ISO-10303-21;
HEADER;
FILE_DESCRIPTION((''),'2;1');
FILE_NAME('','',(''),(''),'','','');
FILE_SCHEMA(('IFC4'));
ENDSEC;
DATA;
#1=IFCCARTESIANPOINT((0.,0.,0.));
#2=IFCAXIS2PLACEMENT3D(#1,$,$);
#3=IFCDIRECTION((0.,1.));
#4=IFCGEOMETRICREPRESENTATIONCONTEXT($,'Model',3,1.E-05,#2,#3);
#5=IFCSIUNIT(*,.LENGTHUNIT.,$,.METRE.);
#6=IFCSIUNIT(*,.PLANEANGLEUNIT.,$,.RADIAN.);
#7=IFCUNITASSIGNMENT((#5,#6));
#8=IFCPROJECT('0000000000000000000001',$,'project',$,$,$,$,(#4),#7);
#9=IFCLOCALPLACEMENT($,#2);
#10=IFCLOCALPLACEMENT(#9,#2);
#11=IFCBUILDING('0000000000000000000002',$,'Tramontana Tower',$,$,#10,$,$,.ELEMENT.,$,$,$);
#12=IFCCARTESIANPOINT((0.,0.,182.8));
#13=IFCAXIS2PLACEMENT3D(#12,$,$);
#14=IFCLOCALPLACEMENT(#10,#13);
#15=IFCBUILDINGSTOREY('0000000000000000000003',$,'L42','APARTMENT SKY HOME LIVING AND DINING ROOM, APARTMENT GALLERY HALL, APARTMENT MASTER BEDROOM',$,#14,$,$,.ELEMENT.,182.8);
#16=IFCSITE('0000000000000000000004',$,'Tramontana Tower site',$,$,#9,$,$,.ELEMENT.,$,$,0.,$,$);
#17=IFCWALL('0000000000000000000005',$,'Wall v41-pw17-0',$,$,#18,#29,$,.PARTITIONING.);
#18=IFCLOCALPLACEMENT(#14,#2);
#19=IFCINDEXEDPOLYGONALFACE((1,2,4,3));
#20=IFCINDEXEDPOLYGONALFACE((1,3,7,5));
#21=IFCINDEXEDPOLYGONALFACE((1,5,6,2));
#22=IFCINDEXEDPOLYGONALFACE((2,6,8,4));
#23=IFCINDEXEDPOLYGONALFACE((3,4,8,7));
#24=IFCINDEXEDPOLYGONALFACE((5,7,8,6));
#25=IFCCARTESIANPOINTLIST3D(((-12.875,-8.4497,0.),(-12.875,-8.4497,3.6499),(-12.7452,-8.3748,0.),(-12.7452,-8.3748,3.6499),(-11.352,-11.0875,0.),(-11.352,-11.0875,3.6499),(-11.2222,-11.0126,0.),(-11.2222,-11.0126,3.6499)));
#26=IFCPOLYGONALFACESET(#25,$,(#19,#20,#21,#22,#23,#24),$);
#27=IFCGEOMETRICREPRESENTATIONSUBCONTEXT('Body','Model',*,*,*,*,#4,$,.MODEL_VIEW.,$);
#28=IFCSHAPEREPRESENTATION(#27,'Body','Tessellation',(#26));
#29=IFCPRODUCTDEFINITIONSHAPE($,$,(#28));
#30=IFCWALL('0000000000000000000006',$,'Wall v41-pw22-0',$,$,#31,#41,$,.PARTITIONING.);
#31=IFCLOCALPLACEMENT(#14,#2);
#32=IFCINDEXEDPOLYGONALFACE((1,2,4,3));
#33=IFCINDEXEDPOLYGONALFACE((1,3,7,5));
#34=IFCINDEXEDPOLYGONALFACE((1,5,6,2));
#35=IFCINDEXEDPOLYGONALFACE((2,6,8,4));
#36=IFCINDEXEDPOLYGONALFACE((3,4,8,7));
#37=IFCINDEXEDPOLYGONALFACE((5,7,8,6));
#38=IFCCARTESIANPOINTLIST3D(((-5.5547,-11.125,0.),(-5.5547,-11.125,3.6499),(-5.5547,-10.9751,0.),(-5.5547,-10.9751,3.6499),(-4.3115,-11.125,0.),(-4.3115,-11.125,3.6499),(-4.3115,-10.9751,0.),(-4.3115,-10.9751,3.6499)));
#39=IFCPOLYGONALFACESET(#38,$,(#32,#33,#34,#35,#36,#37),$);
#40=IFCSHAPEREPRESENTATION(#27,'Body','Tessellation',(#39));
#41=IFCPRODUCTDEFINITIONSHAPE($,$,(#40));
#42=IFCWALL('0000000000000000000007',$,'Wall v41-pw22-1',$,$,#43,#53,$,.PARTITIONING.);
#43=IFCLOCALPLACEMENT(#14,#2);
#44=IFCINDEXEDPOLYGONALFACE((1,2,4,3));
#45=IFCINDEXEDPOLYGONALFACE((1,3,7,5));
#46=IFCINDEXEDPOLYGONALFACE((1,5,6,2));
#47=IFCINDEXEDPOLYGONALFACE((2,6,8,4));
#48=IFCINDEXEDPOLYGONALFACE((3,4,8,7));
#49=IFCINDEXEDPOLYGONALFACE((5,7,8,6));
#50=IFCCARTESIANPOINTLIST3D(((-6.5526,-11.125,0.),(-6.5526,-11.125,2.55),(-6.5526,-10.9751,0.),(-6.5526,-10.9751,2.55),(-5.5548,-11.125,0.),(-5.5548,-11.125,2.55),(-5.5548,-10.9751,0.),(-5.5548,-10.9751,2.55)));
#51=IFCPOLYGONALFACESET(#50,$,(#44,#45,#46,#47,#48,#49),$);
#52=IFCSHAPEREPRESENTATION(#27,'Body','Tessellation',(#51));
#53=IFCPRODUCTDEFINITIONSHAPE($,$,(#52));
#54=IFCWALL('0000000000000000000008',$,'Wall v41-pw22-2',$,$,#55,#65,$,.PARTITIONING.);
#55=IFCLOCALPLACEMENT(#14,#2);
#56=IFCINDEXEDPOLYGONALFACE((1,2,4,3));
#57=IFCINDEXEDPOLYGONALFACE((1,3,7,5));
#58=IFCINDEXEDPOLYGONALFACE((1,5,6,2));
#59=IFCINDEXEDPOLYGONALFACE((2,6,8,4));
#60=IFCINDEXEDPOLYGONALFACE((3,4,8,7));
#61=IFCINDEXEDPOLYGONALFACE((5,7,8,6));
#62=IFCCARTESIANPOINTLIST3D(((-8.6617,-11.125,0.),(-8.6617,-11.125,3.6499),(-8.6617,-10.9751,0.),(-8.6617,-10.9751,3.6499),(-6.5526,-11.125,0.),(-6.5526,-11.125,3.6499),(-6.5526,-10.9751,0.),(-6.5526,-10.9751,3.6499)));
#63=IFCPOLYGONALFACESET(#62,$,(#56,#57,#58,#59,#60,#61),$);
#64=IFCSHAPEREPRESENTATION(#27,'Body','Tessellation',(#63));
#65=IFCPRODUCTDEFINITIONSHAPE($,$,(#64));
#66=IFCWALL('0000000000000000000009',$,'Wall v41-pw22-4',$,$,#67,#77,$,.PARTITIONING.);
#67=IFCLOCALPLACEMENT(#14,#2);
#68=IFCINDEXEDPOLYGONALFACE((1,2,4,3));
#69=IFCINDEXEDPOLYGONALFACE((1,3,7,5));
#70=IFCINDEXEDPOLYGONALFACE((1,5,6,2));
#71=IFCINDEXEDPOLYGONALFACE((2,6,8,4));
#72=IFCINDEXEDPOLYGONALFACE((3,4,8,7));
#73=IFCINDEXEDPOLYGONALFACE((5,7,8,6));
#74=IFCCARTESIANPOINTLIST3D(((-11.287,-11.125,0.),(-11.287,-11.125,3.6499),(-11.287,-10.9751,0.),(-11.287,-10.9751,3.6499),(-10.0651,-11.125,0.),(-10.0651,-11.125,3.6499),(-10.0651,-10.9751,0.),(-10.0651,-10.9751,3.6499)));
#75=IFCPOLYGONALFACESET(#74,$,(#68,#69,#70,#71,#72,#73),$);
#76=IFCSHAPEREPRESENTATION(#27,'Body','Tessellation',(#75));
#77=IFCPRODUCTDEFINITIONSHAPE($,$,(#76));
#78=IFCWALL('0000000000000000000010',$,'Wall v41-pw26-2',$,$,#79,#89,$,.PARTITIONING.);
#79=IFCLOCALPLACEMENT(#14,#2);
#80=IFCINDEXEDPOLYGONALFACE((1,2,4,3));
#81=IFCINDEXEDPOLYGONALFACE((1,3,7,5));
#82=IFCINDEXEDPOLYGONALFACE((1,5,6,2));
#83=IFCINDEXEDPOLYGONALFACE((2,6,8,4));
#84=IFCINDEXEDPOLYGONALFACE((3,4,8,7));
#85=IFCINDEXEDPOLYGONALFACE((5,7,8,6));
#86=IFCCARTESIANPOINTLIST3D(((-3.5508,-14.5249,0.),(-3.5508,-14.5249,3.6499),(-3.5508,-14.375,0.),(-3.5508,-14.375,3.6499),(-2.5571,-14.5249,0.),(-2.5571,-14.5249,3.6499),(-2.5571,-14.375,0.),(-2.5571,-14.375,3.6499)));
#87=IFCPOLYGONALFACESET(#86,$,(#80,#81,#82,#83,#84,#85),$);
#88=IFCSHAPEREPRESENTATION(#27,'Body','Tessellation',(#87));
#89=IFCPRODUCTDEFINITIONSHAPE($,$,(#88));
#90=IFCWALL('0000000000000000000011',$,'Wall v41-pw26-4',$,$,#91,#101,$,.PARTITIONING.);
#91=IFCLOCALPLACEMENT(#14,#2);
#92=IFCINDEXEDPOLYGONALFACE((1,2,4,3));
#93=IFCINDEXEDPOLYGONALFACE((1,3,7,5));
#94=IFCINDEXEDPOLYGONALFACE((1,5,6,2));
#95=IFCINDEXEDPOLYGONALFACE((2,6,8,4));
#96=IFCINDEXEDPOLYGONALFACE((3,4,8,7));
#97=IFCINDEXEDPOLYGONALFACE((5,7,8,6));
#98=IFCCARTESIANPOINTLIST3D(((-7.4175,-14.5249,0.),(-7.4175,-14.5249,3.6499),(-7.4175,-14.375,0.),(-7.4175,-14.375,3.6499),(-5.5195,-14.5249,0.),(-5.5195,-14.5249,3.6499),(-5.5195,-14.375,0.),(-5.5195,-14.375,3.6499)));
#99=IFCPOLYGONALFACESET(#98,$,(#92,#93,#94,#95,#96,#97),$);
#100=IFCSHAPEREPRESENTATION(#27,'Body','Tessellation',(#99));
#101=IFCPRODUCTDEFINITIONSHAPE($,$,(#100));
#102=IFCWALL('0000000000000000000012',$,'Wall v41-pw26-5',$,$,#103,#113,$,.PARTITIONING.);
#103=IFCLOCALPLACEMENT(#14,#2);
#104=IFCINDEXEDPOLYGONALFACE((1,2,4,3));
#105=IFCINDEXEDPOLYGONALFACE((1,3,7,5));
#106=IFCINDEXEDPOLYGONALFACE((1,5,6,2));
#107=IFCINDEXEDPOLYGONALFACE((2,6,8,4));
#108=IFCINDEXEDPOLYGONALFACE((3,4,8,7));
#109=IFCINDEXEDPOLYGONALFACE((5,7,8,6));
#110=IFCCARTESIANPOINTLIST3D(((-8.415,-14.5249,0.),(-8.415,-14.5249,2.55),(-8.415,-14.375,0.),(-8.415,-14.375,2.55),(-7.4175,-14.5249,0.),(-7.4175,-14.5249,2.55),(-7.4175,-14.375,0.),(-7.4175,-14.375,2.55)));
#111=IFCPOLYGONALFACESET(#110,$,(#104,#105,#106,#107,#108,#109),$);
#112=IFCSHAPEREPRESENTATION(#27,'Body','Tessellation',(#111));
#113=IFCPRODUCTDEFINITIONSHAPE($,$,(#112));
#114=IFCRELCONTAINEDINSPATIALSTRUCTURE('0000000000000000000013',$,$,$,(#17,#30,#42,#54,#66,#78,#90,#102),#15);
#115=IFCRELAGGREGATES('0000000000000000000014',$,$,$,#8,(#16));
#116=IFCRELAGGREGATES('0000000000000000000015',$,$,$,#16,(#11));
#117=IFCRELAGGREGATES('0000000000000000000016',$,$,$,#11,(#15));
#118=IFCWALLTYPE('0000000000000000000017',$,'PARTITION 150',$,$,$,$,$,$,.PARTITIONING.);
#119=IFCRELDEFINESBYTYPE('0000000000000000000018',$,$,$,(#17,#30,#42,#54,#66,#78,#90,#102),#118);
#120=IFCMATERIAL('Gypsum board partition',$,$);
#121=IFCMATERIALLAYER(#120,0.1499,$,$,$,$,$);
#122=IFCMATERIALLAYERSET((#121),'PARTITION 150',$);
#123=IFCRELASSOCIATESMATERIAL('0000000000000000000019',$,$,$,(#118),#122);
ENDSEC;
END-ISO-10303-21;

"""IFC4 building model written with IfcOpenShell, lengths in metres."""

from ifc_helpers import new_model, si_unit, direction, frame, frame_2d, origin, place, context, subcontext, project, spatial, rectangle, extrude, material, layer, layer_set, type_object, element, save


model = new_model("IFC4")

# Units and contexts
model_context = context("Model", 3, precision=1e-05, world=origin(), true_north=direction((0.0, 1.0)))
body_context = subcontext(model_context, "Body", "Model", "MODEL_VIEW")
ifc_project = project(units=[si_unit("LENGTHUNIT", "METRE"), si_unit("PLANEANGLEUNIT", "RADIAN")], contexts=[model_context])

# Site, building, storey
site_placement = place(None, origin())
site = spatial("IfcSite", under=ifc_project, at=site_placement, Name="Tramontana Tower site", CompositionType="ELEMENT", RefElevation=0.0)
building_placement = place(site_placement, origin())
building = spatial("IfcBuilding", under=site, at=building_placement, Name="Tramontana Tower", CompositionType="ELEMENT")
storey_placement = place(building_placement, frame((0.0, 0.0, 182.8)))
storey = spatial("IfcBuildingStorey", under=building, at=storey_placement, Name="L42", Description="APARTMENT SKY HOME LIVING AND DINING ROOM, APARTMENT GALLERY HALL, APARTMENT MASTER BEDROOM", CompositionType="ELEMENT", Elevation=182.8)

# Shared definitions
ifc_material_1 = material(Name="Gypsum board partition")
ifc_layer_1 = layer(ifc_material_1, 0.1499)
ifc_layer_set_1 = layer_set([ifc_layer_1], Name="PARTITION 150")
wall_type_1 = type_object("IfcWallType", Name="PARTITION 150", PredefinedType="PARTITIONING", material=ifc_layer_set_1)

# Wall
wall_1_placement = place(storey_placement, frame((-11.2871, -11.05, 0.0), z_axis=(0.0, 0.0, 1.0), x_axis=(-0.500018, 0.866015, 0.0)))
element("IfcWall", 1, at=wall_1_placement, inside=storey, type_object=wall_type_1, Name="Wall v41-pw17-0", PredefinedType="PARTITIONING", context=body_context, shape_type="SweptSolid", body=[
    extrude(rectangle(XDim=3.0459, YDim=0.1499, at=frame_2d((1.5229, 0.0))), origin(), (0.0, 0.0, 1.0), 3.6499),
])

# Walls
wall_2_placement = place(storey_placement, frame((-4.3115, -11.05, 0.0), z_axis=(0.0, 0.0, 1.0), x_axis=(-1.0, 0.0, 0.0)))
element("IfcWall", 2, at=wall_2_placement, inside=storey, type_object=wall_type_1, Name="Wall v41-pw22-0", PredefinedType="PARTITIONING", context=body_context, shape_type="SweptSolid", body=[
    extrude(rectangle(XDim=1.2432, YDim=0.1499, at=frame_2d((0.6216, 0.0))), origin(), (0.0, 0.0, 1.0), 3.6499),
])
wall_3_placement = place(storey_placement, frame((-5.5547, -11.05, 0.0), z_axis=(0.0, 0.0, 1.0), x_axis=(-1.0, 0.0, 0.0)))
element("IfcWall", 3, at=wall_3_placement, inside=storey, type_object=wall_type_1, Name="Wall v41-pw22-1", PredefinedType="PARTITIONING", context=body_context, shape_type="SweptSolid", body=[
    extrude(rectangle(XDim=0.9978, YDim=0.1499, at=frame_2d((0.499, 0.0))), origin(), (0.0, 0.0, 1.0), 2.55),
])
wall_4_placement = place(storey_placement, frame((-6.5525, -11.05, 0.0), z_axis=(0.0, 0.0, 1.0), x_axis=(-1.0, 0.0, 0.0)))
element("IfcWall", 4, at=wall_4_placement, inside=storey, type_object=wall_type_1, Name="Wall v41-pw22-2", PredefinedType="PARTITIONING", context=body_context, shape_type="SweptSolid", body=[
    extrude(rectangle(XDim=2.1091, YDim=0.1499, at=frame_2d((1.0547, 0.0))), origin(), (0.0, 0.0, 1.0), 3.6499),
])

# Wall
wall_5_placement = place(storey_placement, frame((-10.0652, -11.05, 0.0), z_axis=(0.0, 0.0, 1.0), x_axis=(-1.0, 0.0, 0.0)))
element("IfcWall", 5, at=wall_5_placement, inside=storey, type_object=wall_type_1, Name="Wall v41-pw22-4", PredefinedType="PARTITIONING", context=body_context, shape_type="SweptSolid", body=[
    extrude(rectangle(XDim=1.2219, YDim=0.1499, at=frame_2d((0.6108, 0.0))), origin(), (0.0, 0.0, 1.0), 3.6499),
])

# Wall
wall_6_placement = place(storey_placement, frame((-2.5571, -14.45, 0.0), z_axis=(0.0, 0.0, 1.0), x_axis=(-1.0, 0.0, 0.0)))
element("IfcWall", 6, at=wall_6_placement, inside=storey, type_object=wall_type_1, Name="Wall v41-pw26-2", PredefinedType="PARTITIONING", context=body_context, shape_type="SweptSolid", body=[
    extrude(rectangle(XDim=0.9937, YDim=0.1499, at=frame_2d((0.4968, 0.0))), origin(), (0.0, 0.0, 1.0), 3.6499),
])

# Walls
wall_7_placement = place(storey_placement, frame((-5.5195, -14.45, 0.0), z_axis=(0.0, 0.0, 1.0), x_axis=(-1.0, 0.0, 0.0)))
element("IfcWall", 7, at=wall_7_placement, inside=storey, type_object=wall_type_1, Name="Wall v41-pw26-4", PredefinedType="PARTITIONING", context=body_context, shape_type="SweptSolid", body=[
    extrude(rectangle(XDim=1.8979, YDim=0.1499, at=frame_2d((0.949, 0.0))), origin(), (0.0, 0.0, 1.0), 3.6499),
])
wall_8_placement = place(storey_placement, frame((-7.4175, -14.45, 0.0), z_axis=(0.0, 0.0, 1.0), x_axis=(-1.0, 0.0, 0.0)))
element("IfcWall", 8, at=wall_8_placement, inside=storey, type_object=wall_type_1, Name="Wall v41-pw26-5", PredefinedType="PARTITIONING", context=body_context, shape_type="SweptSolid", body=[
    extrude(rectangle(XDim=0.9976, YDim=0.1499, at=frame_2d((0.4988, 0.0))), origin(), (0.0, 0.0, 1.0), 2.55),
])

save(model, "model.ifc")
